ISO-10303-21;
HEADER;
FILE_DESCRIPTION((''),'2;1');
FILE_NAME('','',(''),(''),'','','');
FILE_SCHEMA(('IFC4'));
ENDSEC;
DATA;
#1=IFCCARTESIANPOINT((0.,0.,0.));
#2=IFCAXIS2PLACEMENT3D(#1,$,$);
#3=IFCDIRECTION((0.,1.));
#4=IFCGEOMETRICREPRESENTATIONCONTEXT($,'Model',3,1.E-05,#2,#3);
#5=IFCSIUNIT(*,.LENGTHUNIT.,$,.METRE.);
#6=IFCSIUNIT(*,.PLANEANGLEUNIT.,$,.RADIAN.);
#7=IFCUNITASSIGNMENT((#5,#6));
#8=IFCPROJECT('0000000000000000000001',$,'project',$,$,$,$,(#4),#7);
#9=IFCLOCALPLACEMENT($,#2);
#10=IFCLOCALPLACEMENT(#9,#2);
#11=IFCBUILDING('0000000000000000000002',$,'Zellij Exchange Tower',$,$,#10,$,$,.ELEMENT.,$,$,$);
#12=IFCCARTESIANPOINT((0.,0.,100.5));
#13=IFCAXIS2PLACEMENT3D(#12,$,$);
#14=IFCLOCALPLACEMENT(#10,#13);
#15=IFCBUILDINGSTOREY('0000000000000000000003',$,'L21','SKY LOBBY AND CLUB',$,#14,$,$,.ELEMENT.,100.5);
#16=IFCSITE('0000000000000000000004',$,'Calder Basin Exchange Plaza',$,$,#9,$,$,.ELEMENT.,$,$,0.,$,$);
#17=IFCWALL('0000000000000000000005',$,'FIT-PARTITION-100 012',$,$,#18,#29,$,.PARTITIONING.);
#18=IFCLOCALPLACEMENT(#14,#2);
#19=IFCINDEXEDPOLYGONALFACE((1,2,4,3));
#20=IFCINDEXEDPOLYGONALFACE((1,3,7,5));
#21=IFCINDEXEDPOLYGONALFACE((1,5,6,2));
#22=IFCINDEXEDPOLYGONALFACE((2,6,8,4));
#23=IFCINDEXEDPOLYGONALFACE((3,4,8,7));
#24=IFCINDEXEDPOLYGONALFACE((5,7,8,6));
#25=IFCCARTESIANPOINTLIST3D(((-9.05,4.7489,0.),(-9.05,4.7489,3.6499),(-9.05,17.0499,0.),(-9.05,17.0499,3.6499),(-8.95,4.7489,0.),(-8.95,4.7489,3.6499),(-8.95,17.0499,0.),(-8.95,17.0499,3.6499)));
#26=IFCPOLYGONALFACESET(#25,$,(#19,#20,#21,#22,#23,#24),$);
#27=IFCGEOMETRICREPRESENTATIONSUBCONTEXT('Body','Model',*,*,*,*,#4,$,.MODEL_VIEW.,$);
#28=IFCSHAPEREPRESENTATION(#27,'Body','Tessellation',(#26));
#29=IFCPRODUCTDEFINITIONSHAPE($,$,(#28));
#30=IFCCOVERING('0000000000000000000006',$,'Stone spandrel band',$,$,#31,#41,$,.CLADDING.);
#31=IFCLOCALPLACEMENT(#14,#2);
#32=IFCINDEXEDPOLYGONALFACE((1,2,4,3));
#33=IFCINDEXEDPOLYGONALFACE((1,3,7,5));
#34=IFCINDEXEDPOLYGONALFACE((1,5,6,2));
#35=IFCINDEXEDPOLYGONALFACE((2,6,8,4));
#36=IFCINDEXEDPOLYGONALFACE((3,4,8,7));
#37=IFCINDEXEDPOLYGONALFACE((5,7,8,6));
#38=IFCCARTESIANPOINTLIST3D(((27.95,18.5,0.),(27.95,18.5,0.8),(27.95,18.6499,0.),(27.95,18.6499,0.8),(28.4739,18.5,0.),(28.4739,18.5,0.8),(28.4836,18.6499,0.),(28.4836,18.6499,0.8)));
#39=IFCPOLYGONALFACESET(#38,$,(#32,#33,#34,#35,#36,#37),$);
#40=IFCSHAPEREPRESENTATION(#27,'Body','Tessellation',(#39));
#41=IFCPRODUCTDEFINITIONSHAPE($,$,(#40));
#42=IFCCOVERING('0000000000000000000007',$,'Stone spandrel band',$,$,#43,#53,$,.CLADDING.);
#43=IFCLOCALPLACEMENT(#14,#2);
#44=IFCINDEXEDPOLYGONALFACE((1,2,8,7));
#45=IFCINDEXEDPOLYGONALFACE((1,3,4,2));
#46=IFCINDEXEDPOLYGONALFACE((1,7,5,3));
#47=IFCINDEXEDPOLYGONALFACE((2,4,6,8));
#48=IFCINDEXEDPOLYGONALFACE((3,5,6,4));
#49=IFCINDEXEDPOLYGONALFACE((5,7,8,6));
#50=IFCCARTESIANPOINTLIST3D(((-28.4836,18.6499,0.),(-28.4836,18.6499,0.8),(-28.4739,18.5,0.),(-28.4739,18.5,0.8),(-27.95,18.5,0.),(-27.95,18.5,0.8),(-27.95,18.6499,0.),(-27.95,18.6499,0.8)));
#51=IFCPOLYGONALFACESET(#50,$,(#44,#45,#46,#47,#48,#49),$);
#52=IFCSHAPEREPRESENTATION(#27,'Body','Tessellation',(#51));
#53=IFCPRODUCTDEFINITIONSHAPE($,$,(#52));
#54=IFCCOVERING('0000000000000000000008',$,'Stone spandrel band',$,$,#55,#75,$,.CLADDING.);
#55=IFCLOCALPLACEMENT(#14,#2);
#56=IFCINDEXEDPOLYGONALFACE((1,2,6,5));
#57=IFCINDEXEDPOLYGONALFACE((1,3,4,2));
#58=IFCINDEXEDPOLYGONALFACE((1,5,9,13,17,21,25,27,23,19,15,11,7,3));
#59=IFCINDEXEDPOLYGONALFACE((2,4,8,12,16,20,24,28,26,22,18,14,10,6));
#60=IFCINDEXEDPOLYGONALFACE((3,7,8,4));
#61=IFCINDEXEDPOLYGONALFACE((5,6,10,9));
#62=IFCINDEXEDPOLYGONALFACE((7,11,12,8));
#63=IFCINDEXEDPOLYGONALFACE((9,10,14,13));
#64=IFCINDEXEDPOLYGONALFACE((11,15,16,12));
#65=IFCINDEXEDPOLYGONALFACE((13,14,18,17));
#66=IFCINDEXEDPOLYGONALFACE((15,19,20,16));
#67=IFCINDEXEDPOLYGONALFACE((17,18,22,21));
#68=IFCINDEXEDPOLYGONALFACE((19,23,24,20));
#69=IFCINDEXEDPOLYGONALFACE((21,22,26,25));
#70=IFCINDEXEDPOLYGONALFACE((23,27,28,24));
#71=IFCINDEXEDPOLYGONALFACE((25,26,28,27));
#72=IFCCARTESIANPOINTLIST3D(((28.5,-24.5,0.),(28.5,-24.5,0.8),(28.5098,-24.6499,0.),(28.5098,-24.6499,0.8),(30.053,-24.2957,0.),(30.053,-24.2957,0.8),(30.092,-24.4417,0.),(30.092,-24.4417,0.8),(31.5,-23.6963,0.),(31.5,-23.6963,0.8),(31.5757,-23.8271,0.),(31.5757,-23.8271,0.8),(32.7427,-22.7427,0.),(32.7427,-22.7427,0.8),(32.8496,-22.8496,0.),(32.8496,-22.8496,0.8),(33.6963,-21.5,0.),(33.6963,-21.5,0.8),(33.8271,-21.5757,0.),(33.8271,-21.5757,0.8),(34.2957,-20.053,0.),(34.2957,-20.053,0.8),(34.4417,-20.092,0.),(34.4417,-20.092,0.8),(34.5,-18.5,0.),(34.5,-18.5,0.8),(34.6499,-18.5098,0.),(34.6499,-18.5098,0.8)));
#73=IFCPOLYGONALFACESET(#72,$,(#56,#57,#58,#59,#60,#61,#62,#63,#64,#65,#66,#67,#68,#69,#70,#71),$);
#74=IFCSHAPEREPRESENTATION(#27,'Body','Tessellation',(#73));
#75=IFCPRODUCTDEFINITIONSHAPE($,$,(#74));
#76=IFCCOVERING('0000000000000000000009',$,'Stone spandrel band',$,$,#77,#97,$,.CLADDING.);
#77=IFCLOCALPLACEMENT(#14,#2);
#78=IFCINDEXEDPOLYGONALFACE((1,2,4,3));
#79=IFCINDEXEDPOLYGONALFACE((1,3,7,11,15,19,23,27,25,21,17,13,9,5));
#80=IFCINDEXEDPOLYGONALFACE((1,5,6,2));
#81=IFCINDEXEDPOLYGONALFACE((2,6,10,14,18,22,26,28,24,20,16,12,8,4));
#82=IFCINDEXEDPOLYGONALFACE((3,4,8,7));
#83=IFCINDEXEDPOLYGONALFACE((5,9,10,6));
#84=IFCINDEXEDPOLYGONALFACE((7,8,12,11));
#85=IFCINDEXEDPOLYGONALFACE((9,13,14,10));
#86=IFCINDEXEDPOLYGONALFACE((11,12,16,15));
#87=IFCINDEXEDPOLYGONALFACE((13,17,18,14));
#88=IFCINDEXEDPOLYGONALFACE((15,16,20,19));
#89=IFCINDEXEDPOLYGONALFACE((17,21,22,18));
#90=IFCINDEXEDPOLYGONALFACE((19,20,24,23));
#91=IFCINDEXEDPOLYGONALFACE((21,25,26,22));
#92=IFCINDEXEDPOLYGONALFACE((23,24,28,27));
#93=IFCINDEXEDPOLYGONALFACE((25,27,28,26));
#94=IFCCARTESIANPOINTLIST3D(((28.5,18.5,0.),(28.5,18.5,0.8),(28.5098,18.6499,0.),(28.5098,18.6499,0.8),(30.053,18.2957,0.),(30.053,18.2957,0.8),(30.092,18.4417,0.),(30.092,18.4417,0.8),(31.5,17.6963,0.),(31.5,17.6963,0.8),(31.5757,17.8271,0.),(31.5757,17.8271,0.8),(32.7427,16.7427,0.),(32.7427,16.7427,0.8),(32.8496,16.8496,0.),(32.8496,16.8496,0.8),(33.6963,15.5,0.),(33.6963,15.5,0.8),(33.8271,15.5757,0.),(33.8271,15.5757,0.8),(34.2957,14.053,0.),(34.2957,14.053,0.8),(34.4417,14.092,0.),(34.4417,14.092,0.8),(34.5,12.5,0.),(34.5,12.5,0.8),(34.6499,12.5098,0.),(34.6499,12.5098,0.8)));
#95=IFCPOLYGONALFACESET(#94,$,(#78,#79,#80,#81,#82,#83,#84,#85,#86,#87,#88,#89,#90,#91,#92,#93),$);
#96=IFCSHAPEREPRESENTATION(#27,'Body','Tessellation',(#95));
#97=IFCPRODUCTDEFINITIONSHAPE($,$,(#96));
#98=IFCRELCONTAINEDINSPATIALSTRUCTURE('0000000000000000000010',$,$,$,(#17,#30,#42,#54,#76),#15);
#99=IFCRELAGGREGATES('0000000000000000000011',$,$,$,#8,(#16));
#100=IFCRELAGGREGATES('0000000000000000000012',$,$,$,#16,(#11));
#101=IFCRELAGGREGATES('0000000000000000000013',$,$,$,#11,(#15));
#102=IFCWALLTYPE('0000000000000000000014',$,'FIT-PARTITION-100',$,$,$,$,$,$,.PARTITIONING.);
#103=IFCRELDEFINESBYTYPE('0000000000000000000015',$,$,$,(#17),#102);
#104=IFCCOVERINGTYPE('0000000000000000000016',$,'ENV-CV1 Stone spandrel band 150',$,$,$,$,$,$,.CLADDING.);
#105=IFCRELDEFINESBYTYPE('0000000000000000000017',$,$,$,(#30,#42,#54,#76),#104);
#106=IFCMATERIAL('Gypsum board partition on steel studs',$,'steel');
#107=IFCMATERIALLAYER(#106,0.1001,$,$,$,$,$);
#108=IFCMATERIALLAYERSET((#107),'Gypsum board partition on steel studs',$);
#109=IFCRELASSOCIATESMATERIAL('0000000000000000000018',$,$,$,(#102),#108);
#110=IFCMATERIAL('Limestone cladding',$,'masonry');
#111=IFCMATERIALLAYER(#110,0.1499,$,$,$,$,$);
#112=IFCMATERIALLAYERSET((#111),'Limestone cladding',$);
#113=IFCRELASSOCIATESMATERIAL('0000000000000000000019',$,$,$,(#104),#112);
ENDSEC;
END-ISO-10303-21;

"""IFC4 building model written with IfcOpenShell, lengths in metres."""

from ifc_helpers import new_model, si_unit, direction, frame, frame_2d, origin, place, context, subcontext, project, spatial, polyline, rectangle, outline, extrude, material, layer, layer_set, type_object, element, save


model = new_model("IFC4")

# Units and contexts
model_context = context("Model", 3, precision=1e-05, world=origin(), true_north=direction((0.0, 1.0)))
body_context = subcontext(model_context, "Body", "Model", "MODEL_VIEW")
ifc_project = project(units=[si_unit("LENGTHUNIT", "METRE"), si_unit("PLANEANGLEUNIT", "RADIAN")], contexts=[model_context])

# Site, building, storey
site_placement = place(None, origin())
site = spatial("IfcSite", under=ifc_project, at=site_placement, Name="Calder Basin Exchange Plaza", CompositionType="ELEMENT", RefElevation=0.0)
building_placement = place(site_placement, origin())
building = spatial("IfcBuilding", under=site, at=building_placement, Name="Zellij Exchange Tower", CompositionType="ELEMENT")
storey_placement = place(building_placement, frame((0.0, 0.0, 100.5)))
storey = spatial("IfcBuildingStorey", under=building, at=storey_placement, Name="L21", Description="SKY LOBBY AND CLUB", CompositionType="ELEMENT", Elevation=100.5)

# Wall
ifc_material_1 = material(Name="Gypsum board partition on steel studs", Category="steel")
ifc_layer_1 = layer(ifc_material_1, 0.1001)
ifc_layer_set_1 = layer_set([ifc_layer_1], Name="Gypsum board partition on steel studs")
wall_type_1 = type_object("IfcWallType", Name="FIT-PARTITION-100", PredefinedType="PARTITIONING", material=ifc_layer_set_1)
wall_1_placement = place(storey_placement, frame((-9.0, 4.749, 0.0), z_axis=(0.0, 0.0, 1.0), x_axis=(0.0, 1.0, 0.0)))
element("IfcWall", 1, at=wall_1_placement, inside=storey, type_object=wall_type_1, Name="FIT-PARTITION-100 012", PredefinedType="PARTITIONING", context=body_context, shape_type="SweptSolid", body=[
    extrude(rectangle(XDim=12.301, YDim=0.1001, at=frame_2d((6.1504, 0.0))), origin(), (0.0, 0.0, 1.0), 3.6499),
])

# Coverings
ifc_material_2 = material(Name="Limestone cladding", Category="masonry")
ifc_layer_2 = layer(ifc_material_2, 0.1499)
ifc_layer_set_2 = layer_set([ifc_layer_2], Name="Limestone cladding")
covering_type = type_object("IfcCoveringType", Name="ENV-CV1 Stone spandrel band 150", PredefinedType="CLADDING", material=ifc_layer_set_2)
covering_1_placement = place(storey_placement, origin())
element("IfcCovering", 2, at=covering_1_placement, inside=storey, type_object=covering_type, Name="Stone spandrel band", PredefinedType="CLADDING", context=body_context, shape_type="SweptSolid", body=[
    extrude(outline(polyline([(28.4739, 18.5), (27.95, 18.5), (27.95, 18.6499), (28.4836, 18.6499), (28.4739, 18.5)])), origin(), (0.0, 0.0, 1.0), 0.8),
])
covering_2_placement = place(storey_placement, origin())
element("IfcCovering", 3, at=covering_2_placement, inside=storey, type_object=covering_type, Name="Stone spandrel band", PredefinedType="CLADDING", context=body_context, shape_type="SweptSolid", body=[
    extrude(outline(polyline([(-27.95, 18.5), (-28.4739, 18.5), (-28.4836, 18.6499), (-27.95, 18.6499), (-27.95, 18.5)])), origin(), (0.0, 0.0, 1.0), 0.8),
])
covering_3_placement = place(storey_placement, origin())
element("IfcCovering", 4, at=covering_3_placement, inside=storey, type_object=covering_type, Name="Stone spandrel band", PredefinedType="CLADDING", context=body_context, shape_type="SweptSolid", body=[
    extrude(outline(polyline([(28.5, -24.5), (30.053, -24.2957), (31.5, -23.6963), (32.7427, -22.7427), (33.6963, -21.5), (34.2957, -20.053), (34.5, -18.5), (34.6499, -18.5098), (34.4417, -20.092), (33.8271, -21.5757), (32.8496, -22.8496), (31.5757, -23.8271), (30.092, -24.4417), (28.5098, -24.6499), (28.5, -24.5)])), origin(), (0.0, 0.0, 1.0), 0.8),
])
covering_4_placement = place(storey_placement, origin())
element("IfcCovering", 5, at=covering_4_placement, inside=storey, type_object=covering_type, Name="Stone spandrel band", PredefinedType="CLADDING", context=body_context, shape_type="SweptSolid", body=[
    extrude(outline(polyline([(34.5, 12.5), (34.2957, 14.053), (33.6963, 15.5), (32.7427, 16.7427), (31.5, 17.6963), (30.053, 18.2957), (28.5, 18.5), (28.5098, 18.6499), (30.092, 18.4417), (31.5757, 17.8271), (32.8496, 16.8496), (33.8271, 15.5757), (34.4417, 14.092), (34.6499, 12.5098), (34.5, 12.5)])), origin(), (0.0, 0.0, 1.0), 0.8),
])

save(model, "model.ifc")
